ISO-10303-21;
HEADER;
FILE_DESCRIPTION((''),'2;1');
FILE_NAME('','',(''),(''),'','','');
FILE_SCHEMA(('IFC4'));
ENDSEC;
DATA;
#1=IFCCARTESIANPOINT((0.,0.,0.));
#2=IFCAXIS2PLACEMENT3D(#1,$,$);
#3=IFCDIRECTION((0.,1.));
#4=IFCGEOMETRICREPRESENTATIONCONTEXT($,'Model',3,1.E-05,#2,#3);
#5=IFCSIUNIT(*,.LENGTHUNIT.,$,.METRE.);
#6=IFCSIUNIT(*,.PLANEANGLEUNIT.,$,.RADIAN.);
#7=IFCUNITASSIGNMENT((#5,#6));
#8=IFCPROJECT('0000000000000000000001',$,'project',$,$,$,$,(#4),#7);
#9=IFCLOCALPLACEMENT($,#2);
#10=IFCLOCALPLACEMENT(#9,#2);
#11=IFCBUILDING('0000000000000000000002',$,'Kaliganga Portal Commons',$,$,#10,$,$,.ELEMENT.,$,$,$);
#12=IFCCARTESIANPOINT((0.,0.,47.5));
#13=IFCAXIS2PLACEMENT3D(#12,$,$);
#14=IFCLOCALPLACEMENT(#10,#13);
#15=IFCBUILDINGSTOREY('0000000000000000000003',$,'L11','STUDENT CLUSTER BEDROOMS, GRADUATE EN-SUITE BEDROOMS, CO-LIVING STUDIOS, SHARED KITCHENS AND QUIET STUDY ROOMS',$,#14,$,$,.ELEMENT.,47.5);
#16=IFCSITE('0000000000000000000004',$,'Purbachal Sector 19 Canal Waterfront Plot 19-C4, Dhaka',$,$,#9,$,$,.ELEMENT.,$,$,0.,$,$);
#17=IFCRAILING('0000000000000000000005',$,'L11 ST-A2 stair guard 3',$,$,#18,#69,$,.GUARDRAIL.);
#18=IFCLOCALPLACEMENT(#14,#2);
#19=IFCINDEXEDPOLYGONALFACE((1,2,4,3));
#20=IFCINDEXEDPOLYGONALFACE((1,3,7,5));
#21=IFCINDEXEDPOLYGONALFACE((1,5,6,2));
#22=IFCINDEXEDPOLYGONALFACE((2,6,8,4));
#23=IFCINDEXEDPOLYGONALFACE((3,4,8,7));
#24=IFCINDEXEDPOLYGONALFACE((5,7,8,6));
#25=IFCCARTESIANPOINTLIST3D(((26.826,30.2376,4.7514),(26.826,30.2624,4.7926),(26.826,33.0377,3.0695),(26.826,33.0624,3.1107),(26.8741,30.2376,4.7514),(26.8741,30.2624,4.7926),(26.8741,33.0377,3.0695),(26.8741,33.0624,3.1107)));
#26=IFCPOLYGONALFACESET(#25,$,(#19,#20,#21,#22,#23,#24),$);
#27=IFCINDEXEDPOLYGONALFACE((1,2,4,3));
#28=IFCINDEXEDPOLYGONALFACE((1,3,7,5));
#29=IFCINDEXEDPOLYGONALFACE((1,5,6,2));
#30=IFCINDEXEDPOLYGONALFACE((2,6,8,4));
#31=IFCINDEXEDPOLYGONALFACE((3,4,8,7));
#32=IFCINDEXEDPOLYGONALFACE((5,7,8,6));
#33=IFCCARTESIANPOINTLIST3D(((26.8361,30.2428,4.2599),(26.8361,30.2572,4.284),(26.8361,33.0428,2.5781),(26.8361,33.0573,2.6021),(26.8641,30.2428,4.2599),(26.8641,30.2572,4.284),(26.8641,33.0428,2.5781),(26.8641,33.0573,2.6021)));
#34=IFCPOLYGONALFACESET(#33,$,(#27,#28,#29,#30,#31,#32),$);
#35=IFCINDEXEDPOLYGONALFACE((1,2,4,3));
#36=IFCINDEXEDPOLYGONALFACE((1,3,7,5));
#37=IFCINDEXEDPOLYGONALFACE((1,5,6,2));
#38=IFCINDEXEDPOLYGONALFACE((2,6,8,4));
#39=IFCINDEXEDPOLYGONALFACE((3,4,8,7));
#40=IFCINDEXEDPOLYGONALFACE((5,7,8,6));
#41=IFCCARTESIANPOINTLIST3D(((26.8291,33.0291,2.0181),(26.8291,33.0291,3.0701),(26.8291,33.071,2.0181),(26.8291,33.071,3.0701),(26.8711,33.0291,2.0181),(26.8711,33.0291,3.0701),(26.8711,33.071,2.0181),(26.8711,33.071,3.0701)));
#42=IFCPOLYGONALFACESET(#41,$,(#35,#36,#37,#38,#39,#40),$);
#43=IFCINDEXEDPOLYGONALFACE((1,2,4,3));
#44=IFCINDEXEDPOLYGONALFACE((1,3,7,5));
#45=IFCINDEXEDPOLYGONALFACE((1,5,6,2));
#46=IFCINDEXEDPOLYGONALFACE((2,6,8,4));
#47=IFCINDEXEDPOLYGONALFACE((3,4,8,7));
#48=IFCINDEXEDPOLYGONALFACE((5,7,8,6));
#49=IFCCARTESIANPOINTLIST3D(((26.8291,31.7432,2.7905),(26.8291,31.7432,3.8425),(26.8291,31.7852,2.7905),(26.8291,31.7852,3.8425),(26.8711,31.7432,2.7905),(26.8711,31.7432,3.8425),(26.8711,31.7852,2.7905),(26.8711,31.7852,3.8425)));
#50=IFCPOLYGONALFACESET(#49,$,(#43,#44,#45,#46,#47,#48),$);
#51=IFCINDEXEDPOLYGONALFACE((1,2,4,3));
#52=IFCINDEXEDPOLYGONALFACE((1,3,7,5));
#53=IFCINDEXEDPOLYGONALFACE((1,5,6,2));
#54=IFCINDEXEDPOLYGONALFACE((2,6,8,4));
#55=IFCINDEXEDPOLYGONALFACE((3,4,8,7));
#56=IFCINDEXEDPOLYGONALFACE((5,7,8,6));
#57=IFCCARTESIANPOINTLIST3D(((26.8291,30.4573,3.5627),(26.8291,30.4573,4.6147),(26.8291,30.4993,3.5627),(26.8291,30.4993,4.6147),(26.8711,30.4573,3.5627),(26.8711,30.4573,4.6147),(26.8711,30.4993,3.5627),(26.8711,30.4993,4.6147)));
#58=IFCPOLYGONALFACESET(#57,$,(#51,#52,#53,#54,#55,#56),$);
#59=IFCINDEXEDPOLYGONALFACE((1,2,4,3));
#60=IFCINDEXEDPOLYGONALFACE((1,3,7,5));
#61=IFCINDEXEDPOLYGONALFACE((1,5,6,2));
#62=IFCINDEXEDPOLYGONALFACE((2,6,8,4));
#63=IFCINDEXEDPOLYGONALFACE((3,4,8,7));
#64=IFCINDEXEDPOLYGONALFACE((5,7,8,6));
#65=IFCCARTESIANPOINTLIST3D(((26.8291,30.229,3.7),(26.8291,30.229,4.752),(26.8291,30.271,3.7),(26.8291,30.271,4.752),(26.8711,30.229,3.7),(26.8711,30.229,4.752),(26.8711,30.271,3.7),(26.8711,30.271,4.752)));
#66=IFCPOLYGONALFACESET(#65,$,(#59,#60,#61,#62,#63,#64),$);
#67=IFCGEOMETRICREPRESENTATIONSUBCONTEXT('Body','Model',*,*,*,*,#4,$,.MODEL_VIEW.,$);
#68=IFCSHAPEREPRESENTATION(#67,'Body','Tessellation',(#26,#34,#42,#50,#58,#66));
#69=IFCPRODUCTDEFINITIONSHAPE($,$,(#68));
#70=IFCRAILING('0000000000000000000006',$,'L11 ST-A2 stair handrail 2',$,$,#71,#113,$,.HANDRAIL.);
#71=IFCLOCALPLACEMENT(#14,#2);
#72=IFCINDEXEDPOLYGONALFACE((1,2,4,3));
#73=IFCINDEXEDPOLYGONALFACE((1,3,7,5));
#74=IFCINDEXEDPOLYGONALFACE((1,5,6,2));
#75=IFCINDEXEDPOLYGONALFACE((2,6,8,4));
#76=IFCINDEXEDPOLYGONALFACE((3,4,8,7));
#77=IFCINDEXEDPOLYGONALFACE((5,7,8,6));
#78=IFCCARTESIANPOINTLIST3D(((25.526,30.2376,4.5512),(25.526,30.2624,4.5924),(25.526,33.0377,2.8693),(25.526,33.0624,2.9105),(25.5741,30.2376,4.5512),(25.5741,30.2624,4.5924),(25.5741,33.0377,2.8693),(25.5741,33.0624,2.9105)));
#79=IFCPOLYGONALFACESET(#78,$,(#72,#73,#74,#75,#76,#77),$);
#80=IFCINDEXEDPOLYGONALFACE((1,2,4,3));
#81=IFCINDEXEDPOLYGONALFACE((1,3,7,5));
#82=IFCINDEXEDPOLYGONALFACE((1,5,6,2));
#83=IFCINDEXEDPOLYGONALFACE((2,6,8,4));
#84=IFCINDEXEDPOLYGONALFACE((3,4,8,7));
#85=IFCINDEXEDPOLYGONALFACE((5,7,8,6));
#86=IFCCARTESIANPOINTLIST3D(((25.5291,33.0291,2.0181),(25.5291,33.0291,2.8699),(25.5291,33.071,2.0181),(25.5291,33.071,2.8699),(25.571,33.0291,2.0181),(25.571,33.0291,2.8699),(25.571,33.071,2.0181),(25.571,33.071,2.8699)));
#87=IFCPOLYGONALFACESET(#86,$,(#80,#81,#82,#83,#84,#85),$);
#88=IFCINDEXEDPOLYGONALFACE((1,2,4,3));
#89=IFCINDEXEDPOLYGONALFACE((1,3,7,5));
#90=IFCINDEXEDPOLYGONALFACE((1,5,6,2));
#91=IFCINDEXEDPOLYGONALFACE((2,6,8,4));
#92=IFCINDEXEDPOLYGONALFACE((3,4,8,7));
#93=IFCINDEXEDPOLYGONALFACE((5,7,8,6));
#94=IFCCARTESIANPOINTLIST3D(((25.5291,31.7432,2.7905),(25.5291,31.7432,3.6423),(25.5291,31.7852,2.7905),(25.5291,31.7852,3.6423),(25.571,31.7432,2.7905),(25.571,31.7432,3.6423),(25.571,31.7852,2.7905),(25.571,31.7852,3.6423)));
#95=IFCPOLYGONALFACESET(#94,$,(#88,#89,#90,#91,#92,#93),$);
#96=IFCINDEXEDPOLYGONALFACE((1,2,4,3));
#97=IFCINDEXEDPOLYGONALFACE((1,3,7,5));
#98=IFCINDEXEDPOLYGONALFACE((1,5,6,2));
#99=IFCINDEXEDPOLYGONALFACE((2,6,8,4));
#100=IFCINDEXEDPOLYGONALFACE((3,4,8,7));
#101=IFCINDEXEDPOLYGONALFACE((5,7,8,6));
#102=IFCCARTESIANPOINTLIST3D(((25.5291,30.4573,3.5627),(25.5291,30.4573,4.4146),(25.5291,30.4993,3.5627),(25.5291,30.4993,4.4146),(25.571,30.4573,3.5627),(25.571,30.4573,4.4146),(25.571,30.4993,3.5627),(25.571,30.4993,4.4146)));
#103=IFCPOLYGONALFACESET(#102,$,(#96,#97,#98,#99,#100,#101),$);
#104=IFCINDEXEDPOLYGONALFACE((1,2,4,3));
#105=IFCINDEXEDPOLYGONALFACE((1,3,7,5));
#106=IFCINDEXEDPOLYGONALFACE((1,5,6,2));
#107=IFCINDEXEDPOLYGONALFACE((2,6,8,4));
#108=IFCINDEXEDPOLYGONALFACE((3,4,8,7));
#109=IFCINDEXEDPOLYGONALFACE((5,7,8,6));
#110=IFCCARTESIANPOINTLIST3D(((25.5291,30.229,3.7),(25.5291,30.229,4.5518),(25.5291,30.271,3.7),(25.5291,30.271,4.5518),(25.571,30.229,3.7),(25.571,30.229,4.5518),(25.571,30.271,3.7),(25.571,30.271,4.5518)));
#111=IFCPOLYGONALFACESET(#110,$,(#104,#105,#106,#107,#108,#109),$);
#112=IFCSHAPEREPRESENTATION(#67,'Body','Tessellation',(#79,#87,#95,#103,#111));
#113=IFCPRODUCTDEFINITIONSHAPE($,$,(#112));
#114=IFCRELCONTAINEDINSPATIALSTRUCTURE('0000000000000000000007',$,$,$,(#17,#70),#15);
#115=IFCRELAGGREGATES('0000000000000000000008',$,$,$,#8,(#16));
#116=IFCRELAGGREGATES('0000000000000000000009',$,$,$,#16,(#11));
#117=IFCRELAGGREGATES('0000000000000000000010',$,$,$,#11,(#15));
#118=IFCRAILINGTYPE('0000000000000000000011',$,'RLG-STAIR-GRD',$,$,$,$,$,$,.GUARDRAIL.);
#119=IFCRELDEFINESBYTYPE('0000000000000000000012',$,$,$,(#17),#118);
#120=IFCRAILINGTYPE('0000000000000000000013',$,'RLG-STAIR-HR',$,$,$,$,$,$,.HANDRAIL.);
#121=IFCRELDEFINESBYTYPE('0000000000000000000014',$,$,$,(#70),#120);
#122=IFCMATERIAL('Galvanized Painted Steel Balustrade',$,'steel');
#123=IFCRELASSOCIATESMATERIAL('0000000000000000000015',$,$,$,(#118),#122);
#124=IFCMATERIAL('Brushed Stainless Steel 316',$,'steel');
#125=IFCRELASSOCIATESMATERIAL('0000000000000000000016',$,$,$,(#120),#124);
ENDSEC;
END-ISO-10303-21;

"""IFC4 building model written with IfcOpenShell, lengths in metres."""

from ifc_helpers import new_model, si_unit, direction, frame, origin, origin_2d, place, context, subcontext, project, spatial, rectangle, extrude, material, type_object, element, save


model = new_model("IFC4")

# Units and contexts
model_context = context("Model", 3, precision=1e-05, world=origin(), true_north=direction((0.0, 1.0)))
body_context = subcontext(model_context, "Body", "Model", "MODEL_VIEW")
ifc_project = project(units=[si_unit("LENGTHUNIT", "METRE"), si_unit("PLANEANGLEUNIT", "RADIAN")], contexts=[model_context])

# Site, building, storey
site_placement = place(None, origin())
site = spatial("IfcSite", under=ifc_project, at=site_placement, Name="Purbachal Sector 19 Canal Waterfront Plot 19-C4, Dhaka", CompositionType="ELEMENT", RefElevation=0.0)
building_placement = place(site_placement, origin())
building = spatial("IfcBuilding", under=site, at=building_placement, Name="Kaliganga Portal Commons", CompositionType="ELEMENT")
storey_placement = place(building_placement, frame((0.0, 0.0, 47.5)))
storey = spatial("IfcBuildingStorey", under=building, at=storey_placement, Name="L11", Description="STUDENT CLUSTER BEDROOMS, GRADUATE EN-SUITE BEDROOMS, CO-LIVING STUDIOS, SHARED KITCHENS AND QUIET STUDY ROOMS", CompositionType="ELEMENT", Elevation=47.5)

# Railings
ifc_material_1 = material(Name="Galvanized Painted Steel Balustrade", Category="steel")
railing_type_1 = type_object("IfcRailingType", Name="RLG-STAIR-GRD", PredefinedType="GUARDRAIL", material=ifc_material_1)
railing_1_placement = place(storey_placement, frame((26.8501, 33.05, 2.0181)))
element("IfcRailing", 1, at=railing_1_placement, inside=storey, type_object=railing_type_1, Name="L11 ST-A2 stair guard 3", PredefinedType="GUARDRAIL", context=body_context, shape_type="SweptSolid", body=[
    extrude(rectangle(XDim=0.0481, YDim=0.0481, at=origin_2d()), frame((0.0, 0.0, 1.072), z_axis=(0.0, -0.857242, 0.514913), x_axis=(1.0, 0.0, 0.0)), (0.0, 0.0, 1.0), 3.2664),
    extrude(rectangle(XDim=0.0281, YDim=0.0281, at=origin_2d()), frame((0.0, 0.0, 0.572), z_axis=(0.0, -0.857242, 0.514913), x_axis=(1.0, 0.0, 0.0)), (0.0, 0.0, 1.0), 3.2664),
    extrude(rectangle(XDim=0.042, YDim=0.042, at=origin_2d()), origin(), (0.0, 0.0, 1.0), 1.052),
    extrude(rectangle(XDim=0.042, YDim=0.042, at=origin_2d()), frame((0.0, -1.2859, 0.7725)), (0.0, 0.0, 1.0), 1.052),
    extrude(rectangle(XDim=0.042, YDim=0.042, at=origin_2d()), frame((0.0, -2.5718, 1.5447)), (0.0, 0.0, 1.0), 1.052),
    extrude(rectangle(XDim=0.042, YDim=0.042, at=origin_2d()), frame((0.0, -2.8, 1.6819)), (0.0, 0.0, 1.0), 1.052),
])
ifc_material_2 = material(Name="Brushed Stainless Steel 316", Category="steel")
railing_type_2 = type_object("IfcRailingType", Name="RLG-STAIR-HR", PredefinedType="HANDRAIL", material=ifc_material_2)
railing_2_placement = place(storey_placement, frame((25.55, 33.05, 2.0181)))
element("IfcRailing", 2, at=railing_2_placement, inside=storey, type_object=railing_type_2, Name="L11 ST-A2 stair handrail 2", PredefinedType="HANDRAIL", context=body_context, shape_type="SweptSolid", body=[
    extrude(rectangle(XDim=0.0481, YDim=0.0481, at=origin_2d()), frame((0.0, 0.0, 0.8718), z_axis=(0.0, -0.857242, 0.514913), x_axis=(1.0, 0.0, 0.0)), (0.0, 0.0, 1.0), 3.2664),
    extrude(rectangle(XDim=0.042, YDim=0.042, at=origin_2d()), origin(), (0.0, 0.0, 1.0), 0.8518),
    extrude(rectangle(XDim=0.042, YDim=0.042, at=origin_2d()), frame((0.0, -1.2859, 0.7725)), (0.0, 0.0, 1.0), 0.8518),
    extrude(rectangle(XDim=0.042, YDim=0.042, at=origin_2d()), frame((0.0, -2.5718, 1.5447)), (0.0, 0.0, 1.0), 0.8518),
    extrude(rectangle(XDim=0.042, YDim=0.042, at=origin_2d()), frame((0.0, -2.8, 1.6819)), (0.0, 0.0, 1.0), 0.8518),
])

save(model, "model.ifc")
